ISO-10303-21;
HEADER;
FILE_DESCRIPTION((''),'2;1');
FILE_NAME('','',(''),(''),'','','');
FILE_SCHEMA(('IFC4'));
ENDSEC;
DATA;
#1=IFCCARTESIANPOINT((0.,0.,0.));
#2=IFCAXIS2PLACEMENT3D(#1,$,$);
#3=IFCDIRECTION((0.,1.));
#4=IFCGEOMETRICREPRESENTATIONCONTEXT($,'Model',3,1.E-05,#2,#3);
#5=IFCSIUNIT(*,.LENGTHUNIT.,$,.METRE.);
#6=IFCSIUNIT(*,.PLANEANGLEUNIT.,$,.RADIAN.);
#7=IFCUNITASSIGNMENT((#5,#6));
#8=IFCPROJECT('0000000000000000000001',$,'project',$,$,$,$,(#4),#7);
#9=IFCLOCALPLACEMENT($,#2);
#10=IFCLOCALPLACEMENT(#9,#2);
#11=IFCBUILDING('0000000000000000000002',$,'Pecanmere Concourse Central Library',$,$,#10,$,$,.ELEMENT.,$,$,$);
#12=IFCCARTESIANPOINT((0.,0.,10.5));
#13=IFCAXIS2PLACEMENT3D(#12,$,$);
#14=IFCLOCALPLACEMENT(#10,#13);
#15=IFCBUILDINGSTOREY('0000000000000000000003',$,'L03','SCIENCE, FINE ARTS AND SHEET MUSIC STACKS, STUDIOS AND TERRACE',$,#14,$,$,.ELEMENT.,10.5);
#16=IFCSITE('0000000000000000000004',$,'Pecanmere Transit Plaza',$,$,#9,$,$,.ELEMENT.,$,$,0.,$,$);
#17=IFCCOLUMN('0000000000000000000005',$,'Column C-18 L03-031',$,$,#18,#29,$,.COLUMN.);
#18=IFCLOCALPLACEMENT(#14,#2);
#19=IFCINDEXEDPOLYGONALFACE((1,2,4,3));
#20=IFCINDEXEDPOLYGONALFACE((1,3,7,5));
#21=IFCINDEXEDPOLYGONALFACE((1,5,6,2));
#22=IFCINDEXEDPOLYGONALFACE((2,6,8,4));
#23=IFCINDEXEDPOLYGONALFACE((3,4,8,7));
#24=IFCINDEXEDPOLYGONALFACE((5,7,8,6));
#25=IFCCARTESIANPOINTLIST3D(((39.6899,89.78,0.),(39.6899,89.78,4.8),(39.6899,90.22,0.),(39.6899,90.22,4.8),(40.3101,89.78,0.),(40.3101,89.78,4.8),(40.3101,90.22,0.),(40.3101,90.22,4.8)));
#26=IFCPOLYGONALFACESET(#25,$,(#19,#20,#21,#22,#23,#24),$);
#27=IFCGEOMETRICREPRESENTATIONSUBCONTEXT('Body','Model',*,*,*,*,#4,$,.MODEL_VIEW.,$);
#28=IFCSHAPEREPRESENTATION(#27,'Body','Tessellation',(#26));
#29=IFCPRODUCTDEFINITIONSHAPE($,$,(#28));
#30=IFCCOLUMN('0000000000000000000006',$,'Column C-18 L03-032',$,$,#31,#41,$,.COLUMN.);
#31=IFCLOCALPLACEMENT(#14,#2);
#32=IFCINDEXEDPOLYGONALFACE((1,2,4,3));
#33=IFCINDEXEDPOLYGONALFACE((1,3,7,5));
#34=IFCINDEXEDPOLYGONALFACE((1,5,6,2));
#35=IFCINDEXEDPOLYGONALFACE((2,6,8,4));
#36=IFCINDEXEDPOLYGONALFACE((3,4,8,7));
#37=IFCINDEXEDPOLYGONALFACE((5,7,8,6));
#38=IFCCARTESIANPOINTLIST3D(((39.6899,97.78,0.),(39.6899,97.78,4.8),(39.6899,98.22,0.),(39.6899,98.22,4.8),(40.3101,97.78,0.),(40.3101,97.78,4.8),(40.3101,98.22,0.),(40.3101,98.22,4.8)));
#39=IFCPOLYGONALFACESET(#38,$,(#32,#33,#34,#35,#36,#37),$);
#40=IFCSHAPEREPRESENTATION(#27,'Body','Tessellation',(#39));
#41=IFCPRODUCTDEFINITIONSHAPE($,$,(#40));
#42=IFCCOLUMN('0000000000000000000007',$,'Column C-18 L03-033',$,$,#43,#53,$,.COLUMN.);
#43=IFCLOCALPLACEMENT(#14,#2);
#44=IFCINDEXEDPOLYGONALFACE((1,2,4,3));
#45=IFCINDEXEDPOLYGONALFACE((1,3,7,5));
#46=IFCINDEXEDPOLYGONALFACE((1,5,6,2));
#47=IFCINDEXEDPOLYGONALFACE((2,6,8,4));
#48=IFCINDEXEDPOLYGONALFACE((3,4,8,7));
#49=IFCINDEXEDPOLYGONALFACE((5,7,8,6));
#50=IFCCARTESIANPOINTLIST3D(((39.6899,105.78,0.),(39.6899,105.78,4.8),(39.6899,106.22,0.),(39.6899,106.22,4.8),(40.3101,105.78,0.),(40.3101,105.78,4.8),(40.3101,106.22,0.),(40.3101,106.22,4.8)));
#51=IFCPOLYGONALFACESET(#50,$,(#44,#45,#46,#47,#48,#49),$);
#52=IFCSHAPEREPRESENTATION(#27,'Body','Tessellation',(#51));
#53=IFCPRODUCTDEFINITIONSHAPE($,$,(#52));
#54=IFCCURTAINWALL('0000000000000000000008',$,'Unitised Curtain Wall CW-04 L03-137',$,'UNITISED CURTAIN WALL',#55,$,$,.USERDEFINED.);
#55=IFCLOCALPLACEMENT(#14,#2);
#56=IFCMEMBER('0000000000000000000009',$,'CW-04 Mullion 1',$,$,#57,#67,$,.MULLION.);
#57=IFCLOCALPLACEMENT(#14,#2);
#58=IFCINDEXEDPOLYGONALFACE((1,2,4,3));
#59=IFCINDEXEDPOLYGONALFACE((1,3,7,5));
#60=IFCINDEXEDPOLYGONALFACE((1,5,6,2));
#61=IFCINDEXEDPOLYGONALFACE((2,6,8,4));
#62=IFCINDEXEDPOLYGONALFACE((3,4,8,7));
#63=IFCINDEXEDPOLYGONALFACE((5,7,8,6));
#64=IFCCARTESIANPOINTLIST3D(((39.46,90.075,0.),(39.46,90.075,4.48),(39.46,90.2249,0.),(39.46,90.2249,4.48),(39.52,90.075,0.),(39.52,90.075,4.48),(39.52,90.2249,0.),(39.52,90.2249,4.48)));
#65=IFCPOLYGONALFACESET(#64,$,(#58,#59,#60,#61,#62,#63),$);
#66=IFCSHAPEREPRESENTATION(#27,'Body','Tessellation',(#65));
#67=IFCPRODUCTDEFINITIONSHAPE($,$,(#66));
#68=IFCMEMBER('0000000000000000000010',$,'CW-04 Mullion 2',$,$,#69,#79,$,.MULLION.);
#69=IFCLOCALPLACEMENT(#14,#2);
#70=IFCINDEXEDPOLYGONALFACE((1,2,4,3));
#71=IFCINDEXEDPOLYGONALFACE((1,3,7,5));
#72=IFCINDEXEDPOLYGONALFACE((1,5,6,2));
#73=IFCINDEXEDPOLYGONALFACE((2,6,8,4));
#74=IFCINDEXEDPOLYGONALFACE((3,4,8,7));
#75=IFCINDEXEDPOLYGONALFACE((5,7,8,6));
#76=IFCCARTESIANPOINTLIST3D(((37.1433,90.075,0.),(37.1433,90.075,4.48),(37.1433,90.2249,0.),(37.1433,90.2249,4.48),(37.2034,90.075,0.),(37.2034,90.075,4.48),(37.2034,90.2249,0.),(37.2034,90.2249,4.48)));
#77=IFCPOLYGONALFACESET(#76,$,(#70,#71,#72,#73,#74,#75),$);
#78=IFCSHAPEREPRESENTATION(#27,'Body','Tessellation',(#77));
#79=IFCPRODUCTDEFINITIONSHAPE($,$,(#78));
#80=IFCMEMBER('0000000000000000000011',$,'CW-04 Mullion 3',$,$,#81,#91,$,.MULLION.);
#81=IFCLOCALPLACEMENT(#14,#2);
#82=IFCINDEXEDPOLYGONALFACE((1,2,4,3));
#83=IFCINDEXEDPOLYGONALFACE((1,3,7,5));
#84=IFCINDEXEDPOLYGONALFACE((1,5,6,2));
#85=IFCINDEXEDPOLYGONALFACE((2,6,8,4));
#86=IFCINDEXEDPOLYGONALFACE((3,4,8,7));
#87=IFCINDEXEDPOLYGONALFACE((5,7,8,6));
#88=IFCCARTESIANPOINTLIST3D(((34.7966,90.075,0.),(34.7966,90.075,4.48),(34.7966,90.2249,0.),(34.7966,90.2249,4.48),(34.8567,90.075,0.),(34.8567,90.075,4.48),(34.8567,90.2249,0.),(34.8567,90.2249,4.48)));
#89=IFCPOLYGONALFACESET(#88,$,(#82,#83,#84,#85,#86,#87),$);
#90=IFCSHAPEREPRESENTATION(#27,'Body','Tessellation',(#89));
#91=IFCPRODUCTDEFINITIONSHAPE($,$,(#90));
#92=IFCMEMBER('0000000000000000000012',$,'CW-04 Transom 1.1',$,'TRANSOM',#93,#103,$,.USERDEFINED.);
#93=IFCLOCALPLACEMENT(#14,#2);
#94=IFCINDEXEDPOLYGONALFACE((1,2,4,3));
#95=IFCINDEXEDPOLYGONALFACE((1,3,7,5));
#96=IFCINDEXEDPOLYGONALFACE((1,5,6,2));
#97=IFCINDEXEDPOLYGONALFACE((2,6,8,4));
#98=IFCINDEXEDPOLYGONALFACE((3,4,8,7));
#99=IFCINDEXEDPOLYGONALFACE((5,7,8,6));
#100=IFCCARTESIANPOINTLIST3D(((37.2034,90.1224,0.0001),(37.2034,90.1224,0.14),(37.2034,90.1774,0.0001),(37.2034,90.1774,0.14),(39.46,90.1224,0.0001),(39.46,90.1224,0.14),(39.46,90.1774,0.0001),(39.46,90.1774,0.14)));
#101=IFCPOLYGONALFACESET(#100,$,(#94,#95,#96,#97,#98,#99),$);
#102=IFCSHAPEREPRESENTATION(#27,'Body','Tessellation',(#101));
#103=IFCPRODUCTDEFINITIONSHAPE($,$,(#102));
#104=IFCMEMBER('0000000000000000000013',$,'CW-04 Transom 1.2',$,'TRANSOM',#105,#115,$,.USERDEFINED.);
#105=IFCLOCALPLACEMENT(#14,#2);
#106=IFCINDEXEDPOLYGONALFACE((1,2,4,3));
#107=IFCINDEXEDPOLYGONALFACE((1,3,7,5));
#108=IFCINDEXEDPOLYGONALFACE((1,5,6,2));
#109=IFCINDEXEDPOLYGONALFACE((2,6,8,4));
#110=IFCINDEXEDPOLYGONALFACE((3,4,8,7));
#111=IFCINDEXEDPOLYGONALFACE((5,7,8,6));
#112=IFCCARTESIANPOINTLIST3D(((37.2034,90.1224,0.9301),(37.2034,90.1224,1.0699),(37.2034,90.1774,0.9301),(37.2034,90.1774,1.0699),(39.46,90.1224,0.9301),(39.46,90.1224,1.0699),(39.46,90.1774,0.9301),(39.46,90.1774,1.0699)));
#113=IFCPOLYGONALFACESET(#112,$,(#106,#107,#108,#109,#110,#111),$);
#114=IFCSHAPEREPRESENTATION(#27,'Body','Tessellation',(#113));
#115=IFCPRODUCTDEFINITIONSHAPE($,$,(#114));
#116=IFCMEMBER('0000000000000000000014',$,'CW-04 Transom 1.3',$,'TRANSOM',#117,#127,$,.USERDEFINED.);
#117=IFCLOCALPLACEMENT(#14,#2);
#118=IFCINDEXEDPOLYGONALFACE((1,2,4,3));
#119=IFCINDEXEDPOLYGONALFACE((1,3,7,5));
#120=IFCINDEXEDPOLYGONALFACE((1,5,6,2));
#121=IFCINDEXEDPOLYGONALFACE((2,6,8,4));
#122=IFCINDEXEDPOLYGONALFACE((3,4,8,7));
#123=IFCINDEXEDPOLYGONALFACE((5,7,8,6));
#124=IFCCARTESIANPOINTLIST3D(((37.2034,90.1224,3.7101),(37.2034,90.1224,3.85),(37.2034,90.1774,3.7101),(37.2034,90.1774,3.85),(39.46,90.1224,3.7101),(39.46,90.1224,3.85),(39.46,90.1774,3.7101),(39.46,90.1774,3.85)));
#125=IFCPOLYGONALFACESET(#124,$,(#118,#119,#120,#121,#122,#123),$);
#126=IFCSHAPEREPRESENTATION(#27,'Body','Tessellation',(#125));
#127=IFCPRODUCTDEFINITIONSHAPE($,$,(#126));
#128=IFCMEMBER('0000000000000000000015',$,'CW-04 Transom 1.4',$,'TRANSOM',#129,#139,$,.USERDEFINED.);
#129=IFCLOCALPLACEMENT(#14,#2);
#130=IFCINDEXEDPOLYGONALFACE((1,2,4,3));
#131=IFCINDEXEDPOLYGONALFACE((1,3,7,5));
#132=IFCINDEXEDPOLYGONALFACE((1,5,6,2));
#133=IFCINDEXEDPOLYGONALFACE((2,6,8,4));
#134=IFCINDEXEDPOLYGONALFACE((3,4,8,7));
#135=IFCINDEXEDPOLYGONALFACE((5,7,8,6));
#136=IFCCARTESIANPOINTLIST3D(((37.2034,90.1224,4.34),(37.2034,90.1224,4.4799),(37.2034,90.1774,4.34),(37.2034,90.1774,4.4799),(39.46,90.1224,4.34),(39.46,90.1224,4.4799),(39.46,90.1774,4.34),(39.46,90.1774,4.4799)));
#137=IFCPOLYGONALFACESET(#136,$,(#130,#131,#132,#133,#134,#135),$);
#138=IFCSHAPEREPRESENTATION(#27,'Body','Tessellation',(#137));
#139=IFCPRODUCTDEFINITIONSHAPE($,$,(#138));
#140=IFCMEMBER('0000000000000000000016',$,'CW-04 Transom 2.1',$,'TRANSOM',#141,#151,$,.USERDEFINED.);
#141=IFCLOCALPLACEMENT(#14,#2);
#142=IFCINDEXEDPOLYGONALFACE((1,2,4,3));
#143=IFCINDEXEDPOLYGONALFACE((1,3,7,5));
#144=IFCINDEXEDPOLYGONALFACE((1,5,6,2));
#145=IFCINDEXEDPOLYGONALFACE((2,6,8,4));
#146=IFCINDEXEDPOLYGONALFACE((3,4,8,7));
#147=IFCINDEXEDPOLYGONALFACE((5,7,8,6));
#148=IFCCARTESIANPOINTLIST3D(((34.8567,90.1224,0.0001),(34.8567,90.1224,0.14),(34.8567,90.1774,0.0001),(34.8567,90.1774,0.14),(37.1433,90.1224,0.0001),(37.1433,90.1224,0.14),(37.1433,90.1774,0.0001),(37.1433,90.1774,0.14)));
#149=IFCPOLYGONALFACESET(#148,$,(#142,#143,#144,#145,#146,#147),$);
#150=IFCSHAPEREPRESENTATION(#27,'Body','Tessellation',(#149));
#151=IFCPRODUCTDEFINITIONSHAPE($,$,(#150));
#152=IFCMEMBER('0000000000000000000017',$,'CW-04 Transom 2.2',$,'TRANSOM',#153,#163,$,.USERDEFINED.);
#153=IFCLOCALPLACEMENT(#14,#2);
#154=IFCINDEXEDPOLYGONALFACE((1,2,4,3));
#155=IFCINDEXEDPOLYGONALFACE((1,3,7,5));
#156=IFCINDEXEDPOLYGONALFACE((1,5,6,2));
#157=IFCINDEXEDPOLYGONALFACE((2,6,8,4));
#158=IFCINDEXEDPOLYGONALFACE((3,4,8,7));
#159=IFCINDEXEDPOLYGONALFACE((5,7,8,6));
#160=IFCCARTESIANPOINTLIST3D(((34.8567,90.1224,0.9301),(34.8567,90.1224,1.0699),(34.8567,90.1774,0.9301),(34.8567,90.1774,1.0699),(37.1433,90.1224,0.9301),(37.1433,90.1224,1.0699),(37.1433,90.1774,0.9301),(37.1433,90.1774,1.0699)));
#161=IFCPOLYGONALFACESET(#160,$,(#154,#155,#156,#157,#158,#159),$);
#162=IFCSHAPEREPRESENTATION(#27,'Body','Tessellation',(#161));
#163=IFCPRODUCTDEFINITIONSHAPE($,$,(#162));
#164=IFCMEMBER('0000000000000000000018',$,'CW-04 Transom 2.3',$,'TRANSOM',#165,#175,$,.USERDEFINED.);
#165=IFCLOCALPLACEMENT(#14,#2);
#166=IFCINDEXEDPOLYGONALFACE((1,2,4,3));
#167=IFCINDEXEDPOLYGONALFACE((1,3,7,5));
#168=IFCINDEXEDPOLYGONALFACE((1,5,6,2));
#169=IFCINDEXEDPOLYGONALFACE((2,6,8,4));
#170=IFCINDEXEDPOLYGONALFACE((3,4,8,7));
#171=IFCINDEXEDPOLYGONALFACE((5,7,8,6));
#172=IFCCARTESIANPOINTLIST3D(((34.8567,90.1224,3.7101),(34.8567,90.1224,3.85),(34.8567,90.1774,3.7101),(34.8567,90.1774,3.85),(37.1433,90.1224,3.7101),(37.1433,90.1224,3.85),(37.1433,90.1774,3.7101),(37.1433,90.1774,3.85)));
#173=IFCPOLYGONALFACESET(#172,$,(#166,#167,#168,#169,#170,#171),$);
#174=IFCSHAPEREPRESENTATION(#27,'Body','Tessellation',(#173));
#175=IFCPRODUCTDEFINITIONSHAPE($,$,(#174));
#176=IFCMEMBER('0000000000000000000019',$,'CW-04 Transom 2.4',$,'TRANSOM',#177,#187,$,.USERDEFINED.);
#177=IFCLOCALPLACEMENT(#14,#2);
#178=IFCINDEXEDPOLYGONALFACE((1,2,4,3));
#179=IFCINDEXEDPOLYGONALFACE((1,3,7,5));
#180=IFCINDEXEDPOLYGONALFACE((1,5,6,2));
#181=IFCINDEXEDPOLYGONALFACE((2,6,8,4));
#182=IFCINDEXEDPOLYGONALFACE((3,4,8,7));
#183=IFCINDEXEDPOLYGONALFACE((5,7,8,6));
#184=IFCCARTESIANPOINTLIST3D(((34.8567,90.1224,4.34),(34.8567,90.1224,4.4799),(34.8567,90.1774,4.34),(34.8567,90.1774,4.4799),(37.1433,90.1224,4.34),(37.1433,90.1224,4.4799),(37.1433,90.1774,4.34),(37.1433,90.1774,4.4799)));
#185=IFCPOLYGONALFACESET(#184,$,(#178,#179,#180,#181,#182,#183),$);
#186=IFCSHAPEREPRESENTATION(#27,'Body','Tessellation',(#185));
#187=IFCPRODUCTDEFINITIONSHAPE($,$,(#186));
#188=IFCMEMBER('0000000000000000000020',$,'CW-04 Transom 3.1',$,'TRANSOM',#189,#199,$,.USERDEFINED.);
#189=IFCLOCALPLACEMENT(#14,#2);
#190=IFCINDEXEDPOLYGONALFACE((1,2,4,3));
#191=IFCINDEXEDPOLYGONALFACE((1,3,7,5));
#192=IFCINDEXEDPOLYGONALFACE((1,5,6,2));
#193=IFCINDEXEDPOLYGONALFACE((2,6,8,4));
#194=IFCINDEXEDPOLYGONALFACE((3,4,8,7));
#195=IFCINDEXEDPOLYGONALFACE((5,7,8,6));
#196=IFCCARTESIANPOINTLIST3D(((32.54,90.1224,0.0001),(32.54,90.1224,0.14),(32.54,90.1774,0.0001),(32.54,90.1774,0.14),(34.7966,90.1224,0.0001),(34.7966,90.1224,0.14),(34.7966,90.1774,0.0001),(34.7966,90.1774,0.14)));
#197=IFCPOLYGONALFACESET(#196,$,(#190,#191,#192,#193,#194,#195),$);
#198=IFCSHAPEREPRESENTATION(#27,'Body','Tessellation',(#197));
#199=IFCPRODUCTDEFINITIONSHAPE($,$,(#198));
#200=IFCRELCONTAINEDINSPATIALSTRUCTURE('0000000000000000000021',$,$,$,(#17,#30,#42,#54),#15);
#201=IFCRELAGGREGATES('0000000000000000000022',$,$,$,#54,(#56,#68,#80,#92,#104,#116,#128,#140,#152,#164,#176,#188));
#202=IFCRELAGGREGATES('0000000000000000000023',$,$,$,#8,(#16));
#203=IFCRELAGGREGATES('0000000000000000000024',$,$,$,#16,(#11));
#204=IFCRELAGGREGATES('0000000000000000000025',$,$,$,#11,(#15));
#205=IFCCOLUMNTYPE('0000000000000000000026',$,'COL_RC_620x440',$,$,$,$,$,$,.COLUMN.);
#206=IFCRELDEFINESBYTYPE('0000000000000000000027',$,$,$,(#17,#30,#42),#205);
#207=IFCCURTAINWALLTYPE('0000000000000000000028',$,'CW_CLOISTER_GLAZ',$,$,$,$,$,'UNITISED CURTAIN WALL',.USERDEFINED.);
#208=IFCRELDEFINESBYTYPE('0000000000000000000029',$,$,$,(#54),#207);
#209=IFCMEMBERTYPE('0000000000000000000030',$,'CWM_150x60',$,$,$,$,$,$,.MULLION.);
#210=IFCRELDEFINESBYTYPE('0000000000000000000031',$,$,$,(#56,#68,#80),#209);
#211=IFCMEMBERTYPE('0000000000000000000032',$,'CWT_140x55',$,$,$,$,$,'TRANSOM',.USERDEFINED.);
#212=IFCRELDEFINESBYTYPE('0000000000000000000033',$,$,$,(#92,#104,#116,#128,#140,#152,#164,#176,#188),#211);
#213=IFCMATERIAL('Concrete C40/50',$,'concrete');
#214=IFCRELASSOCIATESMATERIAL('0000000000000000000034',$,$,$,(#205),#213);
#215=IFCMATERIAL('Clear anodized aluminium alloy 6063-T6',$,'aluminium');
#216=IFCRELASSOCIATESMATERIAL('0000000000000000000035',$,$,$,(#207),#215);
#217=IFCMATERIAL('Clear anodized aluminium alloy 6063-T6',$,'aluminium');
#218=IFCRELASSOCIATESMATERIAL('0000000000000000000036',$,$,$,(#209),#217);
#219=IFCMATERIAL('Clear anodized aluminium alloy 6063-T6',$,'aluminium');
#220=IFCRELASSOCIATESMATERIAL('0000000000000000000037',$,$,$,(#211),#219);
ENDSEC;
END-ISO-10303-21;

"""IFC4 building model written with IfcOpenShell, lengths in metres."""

from ifc_helpers import new_model, si_unit, direction, frame, origin, origin_2d, place, context, subcontext, project, spatial, rectangle, extrude, material, material_profile, profile_set, type_object, element, aggregate, save


model = new_model("IFC4")

# Units and contexts
model_context = context("Model", 3, precision=1e-05, world=origin(), true_north=direction((0.0, 1.0)))
body_context = subcontext(model_context, "Body", "Model", "MODEL_VIEW")
ifc_project = project(units=[si_unit("LENGTHUNIT", "METRE"), si_unit("PLANEANGLEUNIT", "RADIAN")], contexts=[model_context])

# Site, building, storey
site_placement = place(None, origin())
site = spatial("IfcSite", under=ifc_project, at=site_placement, Name="Pecanmere Transit Plaza", CompositionType="ELEMENT", RefElevation=0.0)
building_placement = place(site_placement, origin())
building = spatial("IfcBuilding", under=site, at=building_placement, Name="Pecanmere Concourse Central Library", CompositionType="ELEMENT")
storey_placement = place(building_placement, frame((0.0, 0.0, 10.5)))
storey = spatial("IfcBuildingStorey", under=building, at=storey_placement, Name="L03", Description="SCIENCE, FINE ARTS AND SHEET MUSIC STACKS, STUDIOS AND TERRACE", CompositionType="ELEMENT", Elevation=10.5)

# Columns
ifc_material_1 = material(Name="Concrete C40/50", Category="concrete")
ifc_material_profile_1 = material_profile(ifc_material_1, rectangle(XDim=0.6201, YDim=0.4399, at=origin_2d()), Name="RC 620x440")
ifc_profile_set_1 = profile_set([ifc_material_profile_1], Name="Concrete C40/50")
column_type = type_object("IfcColumnType", Name="COL_RC_620x440", PredefinedType="COLUMN", material=ifc_profile_set_1)
for number, where, z_axis, x_axis, name in (
    (1, (40.0, 90.0, 0.0), (0.0, 0.0, 1.0), (1.0, 0.0, 0.0), "Column C-18 L03-031"),
    (2, (40.0, 98.0, 0.0), (0.0, 0.0, 1.0), (1.0, 0.0, 0.0), "Column C-18 L03-032"),
    (3, (40.0, 106.0, 0.0), (0.0, 0.0, 1.0), (1.0, 0.0, 0.0), "Column C-18 L03-033"),
):
    element("IfcColumn", number, at=place(storey_placement, frame(where, z_axis=z_axis, x_axis=x_axis)), inside=storey, type_object=column_type, Name=name, PredefinedType="COLUMN", context=body_context, shape_type="SweptSolid", body=[
        extrude(rectangle(XDim=0.6201, YDim=0.4399, at=origin_2d()), origin(), (0.0, 0.0, 1.0), 4.8),
    ])

# Curtain wall, members
ifc_material_2 = material(Name="Clear anodized aluminium alloy 6063-T6", Category="aluminium")
curtain_wall_type = type_object("IfcCurtainWallType", Name="CW_CLOISTER_GLAZ", ElementType="UNITISED CURTAIN WALL", PredefinedType="USERDEFINED", material=ifc_material_2)
curtain_wall_placement = place(storey_placement, origin())
curtain_wall = element("IfcCurtainWall", 4, at=curtain_wall_placement, inside=storey, type_object=curtain_wall_type, Name="Unitised Curtain Wall CW-04 L03-137", ObjectType="UNITISED CURTAIN WALL", PredefinedType="USERDEFINED")
ifc_material_3 = material(Name="Clear anodized aluminium alloy 6063-T6", Category="aluminium")
ifc_material_profile_2 = material_profile(ifc_material_3, rectangle(XDim=0.0601, YDim=0.1499, at=origin_2d()), Name="AL 60x150")
ifc_profile_set_2 = profile_set([ifc_material_profile_2], Name="Clear anodized aluminium alloy 6063-T6")
member_type_1 = type_object("IfcMemberType", Name="CWM_150x60", PredefinedType="MULLION", material=ifc_profile_set_2)
member_1_placement = place(storey_placement, frame((39.49, 90.1499, 0.0), z_axis=(0.0, 0.0, 1.0), x_axis=(-1.0, 0.0, 0.0)))
member_1 = element("IfcMember", 5, at=member_1_placement, type_object=member_type_1, Name="CW-04 Mullion 1", PredefinedType="MULLION", context=body_context, shape_type="SweptSolid", body=[
    extrude(rectangle(XDim=0.0601, YDim=0.1499, at=origin_2d()), origin(), (0.0, 0.0, 1.0), 4.48),
])
member_2_placement = place(storey_placement, frame((37.1733, 90.1499, 0.0), z_axis=(0.0, 0.0, 1.0), x_axis=(-1.0, 0.0, 0.0)))
member_2 = element("IfcMember", 6, at=member_2_placement, type_object=member_type_1, Name="CW-04 Mullion 2", PredefinedType="MULLION", context=body_context, shape_type="SweptSolid", body=[
    extrude(rectangle(XDim=0.0601, YDim=0.1499, at=origin_2d()), origin(), (0.0, 0.0, 1.0), 4.48),
])
member_3_placement = place(storey_placement, frame((34.8267, 90.1499, 0.0), z_axis=(0.0, 0.0, 1.0), x_axis=(-1.0, 0.0, 0.0)))
member_3 = element("IfcMember", 7, at=member_3_placement, type_object=member_type_1, Name="CW-04 Mullion 3", PredefinedType="MULLION", context=body_context, shape_type="SweptSolid", body=[
    extrude(rectangle(XDim=0.0601, YDim=0.1499, at=origin_2d()), origin(), (0.0, 0.0, 1.0), 4.48),
])
ifc_material_4 = material(Name="Clear anodized aluminium alloy 6063-T6", Category="aluminium")
ifc_material_profile_3 = material_profile(ifc_material_4, rectangle(XDim=0.0549, YDim=0.1399, at=origin_2d()), Name="AL 55x140")
ifc_profile_set_3 = profile_set([ifc_material_profile_3], Name="Clear anodized aluminium alloy 6063-T6")
member_type_2 = type_object("IfcMemberType", Name="CWT_140x55", ElementType="TRANSOM", PredefinedType="USERDEFINED", material=ifc_profile_set_3)
member_4_placement = place(storey_placement, frame((39.46, 90.1499, 0.0701), z_axis=(-1.0, 0.0, 0.0), x_axis=(0.0, -1.0, 0.0)))
member_4 = element("IfcMember", 8, at=member_4_placement, type_object=member_type_2, Name="CW-04 Transom 1.1", ObjectType="TRANSOM", PredefinedType="USERDEFINED", context=body_context, shape_type="SweptSolid", body=[
    extrude(rectangle(XDim=0.0549, YDim=0.1399, at=origin_2d()), origin(), (0.0, 0.0, 1.0), 2.2566),
])
member_5_placement = place(storey_placement, frame((39.46, 90.1499, 1.0), z_axis=(-1.0, 0.0, 0.0), x_axis=(0.0, -1.0, 0.0)))
member_5 = element("IfcMember", 9, at=member_5_placement, type_object=member_type_2, Name="CW-04 Transom 1.2", ObjectType="TRANSOM", PredefinedType="USERDEFINED", context=body_context, shape_type="SweptSolid", body=[
    extrude(rectangle(XDim=0.0549, YDim=0.1399, at=origin_2d()), origin(), (0.0, 0.0, 1.0), 2.2566),
])
member_6_placement = place(storey_placement, frame((39.46, 90.1499, 3.78), z_axis=(-1.0, 0.0, 0.0), x_axis=(0.0, -1.0, 0.0)))
member_6 = element("IfcMember", 10, at=member_6_placement, type_object=member_type_2, Name="CW-04 Transom 1.3", ObjectType="TRANSOM", PredefinedType="USERDEFINED", context=body_context, shape_type="SweptSolid", body=[
    extrude(rectangle(XDim=0.0549, YDim=0.1399, at=origin_2d()), origin(), (0.0, 0.0, 1.0), 2.2566),
])
member_7_placement = place(storey_placement, frame((39.46, 90.1499, 4.4099), z_axis=(-1.0, 0.0, 0.0), x_axis=(0.0, -1.0, 0.0)))
member_7 = element("IfcMember", 11, at=member_7_placement, type_object=member_type_2, Name="CW-04 Transom 1.4", ObjectType="TRANSOM", PredefinedType="USERDEFINED", context=body_context, shape_type="SweptSolid", body=[
    extrude(rectangle(XDim=0.0549, YDim=0.1399, at=origin_2d()), origin(), (0.0, 0.0, 1.0), 2.2566),
])
member_8_placement = place(storey_placement, frame((37.1433, 90.1499, 0.0701), z_axis=(-1.0, 0.0, 0.0), x_axis=(0.0, -1.0, 0.0)))
member_8 = element("IfcMember", 12, at=member_8_placement, type_object=member_type_2, Name="CW-04 Transom 2.1", ObjectType="TRANSOM", PredefinedType="USERDEFINED", context=body_context, shape_type="SweptSolid", body=[
    extrude(rectangle(XDim=0.0549, YDim=0.1399, at=origin_2d()), origin(), (0.0, 0.0, 1.0), 2.2866),
])
member_9_placement = place(storey_placement, frame((37.1433, 90.1499, 1.0), z_axis=(-1.0, 0.0, 0.0), x_axis=(0.0, -1.0, 0.0)))
member_9 = element("IfcMember", 13, at=member_9_placement, type_object=member_type_2, Name="CW-04 Transom 2.2", ObjectType="TRANSOM", PredefinedType="USERDEFINED", context=body_context, shape_type="SweptSolid", body=[
    extrude(rectangle(XDim=0.0549, YDim=0.1399, at=origin_2d()), origin(), (0.0, 0.0, 1.0), 2.2866),
])
member_10_placement = place(storey_placement, frame((37.1433, 90.1499, 3.78), z_axis=(-1.0, 0.0, 0.0), x_axis=(0.0, -1.0, 0.0)))
member_10 = element("IfcMember", 14, at=member_10_placement, type_object=member_type_2, Name="CW-04 Transom 2.3", ObjectType="TRANSOM", PredefinedType="USERDEFINED", context=body_context, shape_type="SweptSolid", body=[
    extrude(rectangle(XDim=0.0549, YDim=0.1399, at=origin_2d()), origin(), (0.0, 0.0, 1.0), 2.2866),
])
member_11_placement = place(storey_placement, frame((37.1433, 90.1499, 4.4099), z_axis=(-1.0, 0.0, 0.0), x_axis=(0.0, -1.0, 0.0)))
member_11 = element("IfcMember", 15, at=member_11_placement, type_object=member_type_2, Name="CW-04 Transom 2.4", ObjectType="TRANSOM", PredefinedType="USERDEFINED", context=body_context, shape_type="SweptSolid", body=[
    extrude(rectangle(XDim=0.0549, YDim=0.1399, at=origin_2d()), origin(), (0.0, 0.0, 1.0), 2.2866),
])
member_12_placement = place(storey_placement, frame((34.7966, 90.1499, 0.0701), z_axis=(-1.0, 0.0, 0.0), x_axis=(0.0, -1.0, 0.0)))
member_12 = element("IfcMember", 16, at=member_12_placement, type_object=member_type_2, Name="CW-04 Transom 3.1", ObjectType="TRANSOM", PredefinedType="USERDEFINED", context=body_context, shape_type="SweptSolid", body=[
    extrude(rectangle(XDim=0.0549, YDim=0.1399, at=origin_2d()), origin(), (0.0, 0.0, 1.0), 2.2566),
])

aggregate(curtain_wall, [member_1, member_2, member_3, member_4, member_5, member_6, member_7, member_8, member_9, member_10, member_11, member_12])

save(model, "model.ifc")
